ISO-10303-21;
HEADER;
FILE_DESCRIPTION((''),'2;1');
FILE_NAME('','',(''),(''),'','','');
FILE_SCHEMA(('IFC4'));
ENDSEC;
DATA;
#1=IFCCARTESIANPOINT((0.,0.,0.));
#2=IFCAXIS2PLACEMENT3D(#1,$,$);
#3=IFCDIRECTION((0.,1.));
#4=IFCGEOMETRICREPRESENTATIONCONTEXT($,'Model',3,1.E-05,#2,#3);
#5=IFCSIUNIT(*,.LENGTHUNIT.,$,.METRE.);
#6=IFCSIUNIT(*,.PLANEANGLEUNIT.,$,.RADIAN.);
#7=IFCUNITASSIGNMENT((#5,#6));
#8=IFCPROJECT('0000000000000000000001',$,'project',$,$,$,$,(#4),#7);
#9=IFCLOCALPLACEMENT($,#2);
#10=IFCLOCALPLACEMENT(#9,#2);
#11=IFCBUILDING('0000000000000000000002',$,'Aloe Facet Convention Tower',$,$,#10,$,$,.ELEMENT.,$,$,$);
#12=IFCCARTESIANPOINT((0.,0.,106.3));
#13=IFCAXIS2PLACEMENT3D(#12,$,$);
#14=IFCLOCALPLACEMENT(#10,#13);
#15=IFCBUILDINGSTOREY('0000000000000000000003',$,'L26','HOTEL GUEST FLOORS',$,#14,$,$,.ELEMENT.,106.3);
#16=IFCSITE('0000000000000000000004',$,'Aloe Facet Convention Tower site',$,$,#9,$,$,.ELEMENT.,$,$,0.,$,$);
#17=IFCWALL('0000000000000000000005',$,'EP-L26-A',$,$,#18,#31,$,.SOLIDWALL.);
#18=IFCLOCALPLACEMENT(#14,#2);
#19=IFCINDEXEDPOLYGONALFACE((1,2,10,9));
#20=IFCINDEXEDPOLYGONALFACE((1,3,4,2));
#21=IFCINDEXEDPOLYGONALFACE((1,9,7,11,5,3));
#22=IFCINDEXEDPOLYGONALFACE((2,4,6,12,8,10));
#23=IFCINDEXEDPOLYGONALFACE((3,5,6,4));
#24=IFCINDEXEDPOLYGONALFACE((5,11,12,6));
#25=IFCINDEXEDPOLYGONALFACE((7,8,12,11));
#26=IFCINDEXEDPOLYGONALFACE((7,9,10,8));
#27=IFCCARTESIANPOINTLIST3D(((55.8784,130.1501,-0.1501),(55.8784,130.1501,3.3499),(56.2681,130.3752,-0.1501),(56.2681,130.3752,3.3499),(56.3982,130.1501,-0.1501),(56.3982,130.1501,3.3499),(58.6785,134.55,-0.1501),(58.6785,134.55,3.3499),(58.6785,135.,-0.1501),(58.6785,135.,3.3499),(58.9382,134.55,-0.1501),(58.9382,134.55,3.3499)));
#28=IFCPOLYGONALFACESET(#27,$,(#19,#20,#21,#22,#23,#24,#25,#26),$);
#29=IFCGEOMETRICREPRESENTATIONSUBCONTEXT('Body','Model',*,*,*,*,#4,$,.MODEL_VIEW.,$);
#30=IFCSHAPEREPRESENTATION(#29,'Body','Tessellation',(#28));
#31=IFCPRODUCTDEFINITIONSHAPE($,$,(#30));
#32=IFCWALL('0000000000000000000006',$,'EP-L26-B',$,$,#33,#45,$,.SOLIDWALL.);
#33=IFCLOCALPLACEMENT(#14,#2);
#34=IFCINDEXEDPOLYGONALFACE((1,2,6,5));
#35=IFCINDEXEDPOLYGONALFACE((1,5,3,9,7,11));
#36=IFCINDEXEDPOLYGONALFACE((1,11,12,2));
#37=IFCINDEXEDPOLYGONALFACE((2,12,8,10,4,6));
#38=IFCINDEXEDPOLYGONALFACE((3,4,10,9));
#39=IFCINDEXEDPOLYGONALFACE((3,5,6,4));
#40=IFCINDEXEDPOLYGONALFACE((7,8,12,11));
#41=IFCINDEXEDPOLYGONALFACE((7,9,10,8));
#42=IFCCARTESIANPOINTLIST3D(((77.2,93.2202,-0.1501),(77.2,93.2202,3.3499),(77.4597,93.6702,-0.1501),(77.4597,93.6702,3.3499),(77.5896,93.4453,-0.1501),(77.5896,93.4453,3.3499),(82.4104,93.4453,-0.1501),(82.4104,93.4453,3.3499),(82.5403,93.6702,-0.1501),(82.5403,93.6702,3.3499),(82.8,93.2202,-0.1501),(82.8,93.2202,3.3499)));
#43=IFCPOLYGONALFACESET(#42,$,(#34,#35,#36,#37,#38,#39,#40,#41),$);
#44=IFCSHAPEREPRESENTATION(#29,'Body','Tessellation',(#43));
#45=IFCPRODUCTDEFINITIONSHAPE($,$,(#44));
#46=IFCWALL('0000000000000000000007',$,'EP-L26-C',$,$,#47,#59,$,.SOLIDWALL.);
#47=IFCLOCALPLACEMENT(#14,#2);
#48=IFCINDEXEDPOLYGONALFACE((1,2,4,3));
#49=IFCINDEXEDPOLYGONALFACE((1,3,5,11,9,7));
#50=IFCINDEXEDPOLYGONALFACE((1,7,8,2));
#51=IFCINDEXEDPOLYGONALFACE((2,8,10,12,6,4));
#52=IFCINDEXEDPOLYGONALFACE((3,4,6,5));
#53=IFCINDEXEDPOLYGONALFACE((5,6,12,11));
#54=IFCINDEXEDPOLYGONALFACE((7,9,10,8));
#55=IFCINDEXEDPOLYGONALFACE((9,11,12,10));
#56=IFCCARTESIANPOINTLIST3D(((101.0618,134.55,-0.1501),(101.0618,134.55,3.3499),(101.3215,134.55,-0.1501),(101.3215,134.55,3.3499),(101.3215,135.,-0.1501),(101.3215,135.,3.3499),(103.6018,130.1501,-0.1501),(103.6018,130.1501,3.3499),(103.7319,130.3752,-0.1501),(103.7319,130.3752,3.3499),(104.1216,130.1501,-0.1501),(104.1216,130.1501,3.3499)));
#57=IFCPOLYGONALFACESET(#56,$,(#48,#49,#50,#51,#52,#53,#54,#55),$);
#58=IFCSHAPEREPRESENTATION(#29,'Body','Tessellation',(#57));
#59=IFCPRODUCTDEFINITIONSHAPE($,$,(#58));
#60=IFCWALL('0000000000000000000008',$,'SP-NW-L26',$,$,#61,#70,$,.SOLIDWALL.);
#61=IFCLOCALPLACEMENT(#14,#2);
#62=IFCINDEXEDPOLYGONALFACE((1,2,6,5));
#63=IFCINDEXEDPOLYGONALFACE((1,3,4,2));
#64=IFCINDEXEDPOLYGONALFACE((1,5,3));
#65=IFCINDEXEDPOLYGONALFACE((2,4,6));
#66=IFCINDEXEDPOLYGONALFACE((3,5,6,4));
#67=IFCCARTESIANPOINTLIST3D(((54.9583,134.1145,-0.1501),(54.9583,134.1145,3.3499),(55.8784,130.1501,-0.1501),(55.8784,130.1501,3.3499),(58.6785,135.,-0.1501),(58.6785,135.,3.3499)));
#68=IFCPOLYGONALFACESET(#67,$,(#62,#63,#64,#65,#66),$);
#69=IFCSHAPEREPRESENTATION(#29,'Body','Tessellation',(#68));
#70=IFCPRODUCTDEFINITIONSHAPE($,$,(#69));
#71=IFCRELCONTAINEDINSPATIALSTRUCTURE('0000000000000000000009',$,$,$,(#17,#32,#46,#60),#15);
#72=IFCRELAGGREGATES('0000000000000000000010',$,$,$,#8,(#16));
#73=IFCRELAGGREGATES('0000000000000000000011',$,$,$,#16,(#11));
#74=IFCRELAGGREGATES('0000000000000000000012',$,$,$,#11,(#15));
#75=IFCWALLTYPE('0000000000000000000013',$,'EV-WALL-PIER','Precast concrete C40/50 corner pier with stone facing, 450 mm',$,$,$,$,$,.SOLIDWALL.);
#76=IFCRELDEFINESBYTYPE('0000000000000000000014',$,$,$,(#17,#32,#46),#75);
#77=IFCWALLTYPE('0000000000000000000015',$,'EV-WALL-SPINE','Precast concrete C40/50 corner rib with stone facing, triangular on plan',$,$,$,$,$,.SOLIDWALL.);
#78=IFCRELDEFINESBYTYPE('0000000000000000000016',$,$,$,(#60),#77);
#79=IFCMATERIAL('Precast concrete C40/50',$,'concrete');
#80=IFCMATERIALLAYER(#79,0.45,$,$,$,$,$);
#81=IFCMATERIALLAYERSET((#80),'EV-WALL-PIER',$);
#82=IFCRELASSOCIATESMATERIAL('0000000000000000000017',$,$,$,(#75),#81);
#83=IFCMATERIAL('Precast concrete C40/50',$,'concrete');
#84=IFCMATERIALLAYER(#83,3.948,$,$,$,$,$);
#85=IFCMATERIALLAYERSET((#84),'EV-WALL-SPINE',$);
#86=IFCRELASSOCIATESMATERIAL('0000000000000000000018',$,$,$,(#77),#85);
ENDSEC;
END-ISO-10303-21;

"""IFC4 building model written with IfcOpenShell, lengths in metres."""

from ifc_helpers import new_model, si_unit, direction, frame, origin, place, context, subcontext, project, spatial, polyline, outline, extrude, material, layer, layer_set, type_object, element, save


model = new_model("IFC4")

# Units and contexts
model_context = context("Model", 3, precision=1e-05, world=origin(), true_north=direction((0.0, 1.0)))
body_context = subcontext(model_context, "Body", "Model", "MODEL_VIEW")
ifc_project = project(units=[si_unit("LENGTHUNIT", "METRE"), si_unit("PLANEANGLEUNIT", "RADIAN")], contexts=[model_context])

# Site, building, storey
site_placement = place(None, origin())
site = spatial("IfcSite", under=ifc_project, at=site_placement, Name="Aloe Facet Convention Tower site", CompositionType="ELEMENT", RefElevation=0.0)
building_placement = place(site_placement, origin())
building = spatial("IfcBuilding", under=site, at=building_placement, Name="Aloe Facet Convention Tower", CompositionType="ELEMENT")
storey_placement = place(building_placement, frame((0.0, 0.0, 106.3)))
storey = spatial("IfcBuildingStorey", under=building, at=storey_placement, Name="L26", Description="HOTEL GUEST FLOORS", CompositionType="ELEMENT", Elevation=106.3)

# Walls
ifc_material_1 = material(Name="Precast concrete C40/50", Category="concrete")
ifc_layer_1 = layer(ifc_material_1, 0.45)
ifc_layer_set_1 = layer_set([ifc_layer_1], Name="EV-WALL-PIER")
wall_type_1 = type_object("IfcWallType", Name="EV-WALL-PIER", Description="Precast concrete C40/50 corner pier with stone facing, 450 mm", PredefinedType="SOLIDWALL", material=ifc_layer_set_1)
wall_1_placement = place(storey_placement, frame((0.0, 0.0, -0.1501)))
element("IfcWall", 1, at=wall_1_placement, inside=storey, type_object=wall_type_1, Name="EP-L26-A", PredefinedType="SOLIDWALL", context=body_context, shape_type="SweptSolid", body=[
    extrude(outline(polyline([(58.6785, 135.0), (58.6785, 134.55), (58.9382, 134.55), (56.3982, 130.1501), (56.2681, 130.3752), (55.8784, 130.1501), (58.6785, 135.0)])), origin(), (0.0, 0.0, 1.0), 3.5),
])
wall_2_placement = place(storey_placement, frame((0.0, 0.0, -0.1501)))
element("IfcWall", 2, at=wall_2_placement, inside=storey, type_object=wall_type_1, Name="EP-L26-B", PredefinedType="SOLIDWALL", context=body_context, shape_type="SweptSolid", body=[
    extrude(outline(polyline([(77.2, 93.2202), (77.5896, 93.4453), (77.4597, 93.6702), (82.5403, 93.6702), (82.4104, 93.4453), (82.8, 93.2202), (77.2, 93.2202)])), origin(), (0.0, 0.0, 1.0), 3.5),
])
wall_3_placement = place(storey_placement, frame((0.0, 0.0, -0.1501)))
element("IfcWall", 3, at=wall_3_placement, inside=storey, type_object=wall_type_1, Name="EP-L26-C", PredefinedType="SOLIDWALL", context=body_context, shape_type="SweptSolid", body=[
    extrude(outline(polyline([(104.1216, 130.1501), (103.7319, 130.3752), (103.6018, 130.1501), (101.0618, 134.55), (101.3215, 134.55), (101.3215, 135.0), (104.1216, 130.1501)])), origin(), (0.0, 0.0, 1.0), 3.5),
])
ifc_material_2 = material(Name="Precast concrete C40/50", Category="concrete")
ifc_layer_2 = layer(ifc_material_2, 3.948)
ifc_layer_set_2 = layer_set([ifc_layer_2], Name="EV-WALL-SPINE")
wall_type_2 = type_object("IfcWallType", Name="EV-WALL-SPINE", Description="Precast concrete C40/50 corner rib with stone facing, triangular on plan", PredefinedType="SOLIDWALL", material=ifc_layer_set_2)
wall_4_placement = place(storey_placement, frame((0.0, 0.0, -0.1501)))
element("IfcWall", 4, at=wall_4_placement, inside=storey, type_object=wall_type_2, Name="SP-NW-L26", PredefinedType="SOLIDWALL", context=body_context, shape_type="SweptSolid", body=[
    extrude(outline(polyline([(58.6785, 135.0), (54.9583, 134.1145), (55.8784, 130.1501), (58.6785, 135.0)])), origin(), (0.0, 0.0, 1.0), 3.5),
])

save(model, "model.ifc")
